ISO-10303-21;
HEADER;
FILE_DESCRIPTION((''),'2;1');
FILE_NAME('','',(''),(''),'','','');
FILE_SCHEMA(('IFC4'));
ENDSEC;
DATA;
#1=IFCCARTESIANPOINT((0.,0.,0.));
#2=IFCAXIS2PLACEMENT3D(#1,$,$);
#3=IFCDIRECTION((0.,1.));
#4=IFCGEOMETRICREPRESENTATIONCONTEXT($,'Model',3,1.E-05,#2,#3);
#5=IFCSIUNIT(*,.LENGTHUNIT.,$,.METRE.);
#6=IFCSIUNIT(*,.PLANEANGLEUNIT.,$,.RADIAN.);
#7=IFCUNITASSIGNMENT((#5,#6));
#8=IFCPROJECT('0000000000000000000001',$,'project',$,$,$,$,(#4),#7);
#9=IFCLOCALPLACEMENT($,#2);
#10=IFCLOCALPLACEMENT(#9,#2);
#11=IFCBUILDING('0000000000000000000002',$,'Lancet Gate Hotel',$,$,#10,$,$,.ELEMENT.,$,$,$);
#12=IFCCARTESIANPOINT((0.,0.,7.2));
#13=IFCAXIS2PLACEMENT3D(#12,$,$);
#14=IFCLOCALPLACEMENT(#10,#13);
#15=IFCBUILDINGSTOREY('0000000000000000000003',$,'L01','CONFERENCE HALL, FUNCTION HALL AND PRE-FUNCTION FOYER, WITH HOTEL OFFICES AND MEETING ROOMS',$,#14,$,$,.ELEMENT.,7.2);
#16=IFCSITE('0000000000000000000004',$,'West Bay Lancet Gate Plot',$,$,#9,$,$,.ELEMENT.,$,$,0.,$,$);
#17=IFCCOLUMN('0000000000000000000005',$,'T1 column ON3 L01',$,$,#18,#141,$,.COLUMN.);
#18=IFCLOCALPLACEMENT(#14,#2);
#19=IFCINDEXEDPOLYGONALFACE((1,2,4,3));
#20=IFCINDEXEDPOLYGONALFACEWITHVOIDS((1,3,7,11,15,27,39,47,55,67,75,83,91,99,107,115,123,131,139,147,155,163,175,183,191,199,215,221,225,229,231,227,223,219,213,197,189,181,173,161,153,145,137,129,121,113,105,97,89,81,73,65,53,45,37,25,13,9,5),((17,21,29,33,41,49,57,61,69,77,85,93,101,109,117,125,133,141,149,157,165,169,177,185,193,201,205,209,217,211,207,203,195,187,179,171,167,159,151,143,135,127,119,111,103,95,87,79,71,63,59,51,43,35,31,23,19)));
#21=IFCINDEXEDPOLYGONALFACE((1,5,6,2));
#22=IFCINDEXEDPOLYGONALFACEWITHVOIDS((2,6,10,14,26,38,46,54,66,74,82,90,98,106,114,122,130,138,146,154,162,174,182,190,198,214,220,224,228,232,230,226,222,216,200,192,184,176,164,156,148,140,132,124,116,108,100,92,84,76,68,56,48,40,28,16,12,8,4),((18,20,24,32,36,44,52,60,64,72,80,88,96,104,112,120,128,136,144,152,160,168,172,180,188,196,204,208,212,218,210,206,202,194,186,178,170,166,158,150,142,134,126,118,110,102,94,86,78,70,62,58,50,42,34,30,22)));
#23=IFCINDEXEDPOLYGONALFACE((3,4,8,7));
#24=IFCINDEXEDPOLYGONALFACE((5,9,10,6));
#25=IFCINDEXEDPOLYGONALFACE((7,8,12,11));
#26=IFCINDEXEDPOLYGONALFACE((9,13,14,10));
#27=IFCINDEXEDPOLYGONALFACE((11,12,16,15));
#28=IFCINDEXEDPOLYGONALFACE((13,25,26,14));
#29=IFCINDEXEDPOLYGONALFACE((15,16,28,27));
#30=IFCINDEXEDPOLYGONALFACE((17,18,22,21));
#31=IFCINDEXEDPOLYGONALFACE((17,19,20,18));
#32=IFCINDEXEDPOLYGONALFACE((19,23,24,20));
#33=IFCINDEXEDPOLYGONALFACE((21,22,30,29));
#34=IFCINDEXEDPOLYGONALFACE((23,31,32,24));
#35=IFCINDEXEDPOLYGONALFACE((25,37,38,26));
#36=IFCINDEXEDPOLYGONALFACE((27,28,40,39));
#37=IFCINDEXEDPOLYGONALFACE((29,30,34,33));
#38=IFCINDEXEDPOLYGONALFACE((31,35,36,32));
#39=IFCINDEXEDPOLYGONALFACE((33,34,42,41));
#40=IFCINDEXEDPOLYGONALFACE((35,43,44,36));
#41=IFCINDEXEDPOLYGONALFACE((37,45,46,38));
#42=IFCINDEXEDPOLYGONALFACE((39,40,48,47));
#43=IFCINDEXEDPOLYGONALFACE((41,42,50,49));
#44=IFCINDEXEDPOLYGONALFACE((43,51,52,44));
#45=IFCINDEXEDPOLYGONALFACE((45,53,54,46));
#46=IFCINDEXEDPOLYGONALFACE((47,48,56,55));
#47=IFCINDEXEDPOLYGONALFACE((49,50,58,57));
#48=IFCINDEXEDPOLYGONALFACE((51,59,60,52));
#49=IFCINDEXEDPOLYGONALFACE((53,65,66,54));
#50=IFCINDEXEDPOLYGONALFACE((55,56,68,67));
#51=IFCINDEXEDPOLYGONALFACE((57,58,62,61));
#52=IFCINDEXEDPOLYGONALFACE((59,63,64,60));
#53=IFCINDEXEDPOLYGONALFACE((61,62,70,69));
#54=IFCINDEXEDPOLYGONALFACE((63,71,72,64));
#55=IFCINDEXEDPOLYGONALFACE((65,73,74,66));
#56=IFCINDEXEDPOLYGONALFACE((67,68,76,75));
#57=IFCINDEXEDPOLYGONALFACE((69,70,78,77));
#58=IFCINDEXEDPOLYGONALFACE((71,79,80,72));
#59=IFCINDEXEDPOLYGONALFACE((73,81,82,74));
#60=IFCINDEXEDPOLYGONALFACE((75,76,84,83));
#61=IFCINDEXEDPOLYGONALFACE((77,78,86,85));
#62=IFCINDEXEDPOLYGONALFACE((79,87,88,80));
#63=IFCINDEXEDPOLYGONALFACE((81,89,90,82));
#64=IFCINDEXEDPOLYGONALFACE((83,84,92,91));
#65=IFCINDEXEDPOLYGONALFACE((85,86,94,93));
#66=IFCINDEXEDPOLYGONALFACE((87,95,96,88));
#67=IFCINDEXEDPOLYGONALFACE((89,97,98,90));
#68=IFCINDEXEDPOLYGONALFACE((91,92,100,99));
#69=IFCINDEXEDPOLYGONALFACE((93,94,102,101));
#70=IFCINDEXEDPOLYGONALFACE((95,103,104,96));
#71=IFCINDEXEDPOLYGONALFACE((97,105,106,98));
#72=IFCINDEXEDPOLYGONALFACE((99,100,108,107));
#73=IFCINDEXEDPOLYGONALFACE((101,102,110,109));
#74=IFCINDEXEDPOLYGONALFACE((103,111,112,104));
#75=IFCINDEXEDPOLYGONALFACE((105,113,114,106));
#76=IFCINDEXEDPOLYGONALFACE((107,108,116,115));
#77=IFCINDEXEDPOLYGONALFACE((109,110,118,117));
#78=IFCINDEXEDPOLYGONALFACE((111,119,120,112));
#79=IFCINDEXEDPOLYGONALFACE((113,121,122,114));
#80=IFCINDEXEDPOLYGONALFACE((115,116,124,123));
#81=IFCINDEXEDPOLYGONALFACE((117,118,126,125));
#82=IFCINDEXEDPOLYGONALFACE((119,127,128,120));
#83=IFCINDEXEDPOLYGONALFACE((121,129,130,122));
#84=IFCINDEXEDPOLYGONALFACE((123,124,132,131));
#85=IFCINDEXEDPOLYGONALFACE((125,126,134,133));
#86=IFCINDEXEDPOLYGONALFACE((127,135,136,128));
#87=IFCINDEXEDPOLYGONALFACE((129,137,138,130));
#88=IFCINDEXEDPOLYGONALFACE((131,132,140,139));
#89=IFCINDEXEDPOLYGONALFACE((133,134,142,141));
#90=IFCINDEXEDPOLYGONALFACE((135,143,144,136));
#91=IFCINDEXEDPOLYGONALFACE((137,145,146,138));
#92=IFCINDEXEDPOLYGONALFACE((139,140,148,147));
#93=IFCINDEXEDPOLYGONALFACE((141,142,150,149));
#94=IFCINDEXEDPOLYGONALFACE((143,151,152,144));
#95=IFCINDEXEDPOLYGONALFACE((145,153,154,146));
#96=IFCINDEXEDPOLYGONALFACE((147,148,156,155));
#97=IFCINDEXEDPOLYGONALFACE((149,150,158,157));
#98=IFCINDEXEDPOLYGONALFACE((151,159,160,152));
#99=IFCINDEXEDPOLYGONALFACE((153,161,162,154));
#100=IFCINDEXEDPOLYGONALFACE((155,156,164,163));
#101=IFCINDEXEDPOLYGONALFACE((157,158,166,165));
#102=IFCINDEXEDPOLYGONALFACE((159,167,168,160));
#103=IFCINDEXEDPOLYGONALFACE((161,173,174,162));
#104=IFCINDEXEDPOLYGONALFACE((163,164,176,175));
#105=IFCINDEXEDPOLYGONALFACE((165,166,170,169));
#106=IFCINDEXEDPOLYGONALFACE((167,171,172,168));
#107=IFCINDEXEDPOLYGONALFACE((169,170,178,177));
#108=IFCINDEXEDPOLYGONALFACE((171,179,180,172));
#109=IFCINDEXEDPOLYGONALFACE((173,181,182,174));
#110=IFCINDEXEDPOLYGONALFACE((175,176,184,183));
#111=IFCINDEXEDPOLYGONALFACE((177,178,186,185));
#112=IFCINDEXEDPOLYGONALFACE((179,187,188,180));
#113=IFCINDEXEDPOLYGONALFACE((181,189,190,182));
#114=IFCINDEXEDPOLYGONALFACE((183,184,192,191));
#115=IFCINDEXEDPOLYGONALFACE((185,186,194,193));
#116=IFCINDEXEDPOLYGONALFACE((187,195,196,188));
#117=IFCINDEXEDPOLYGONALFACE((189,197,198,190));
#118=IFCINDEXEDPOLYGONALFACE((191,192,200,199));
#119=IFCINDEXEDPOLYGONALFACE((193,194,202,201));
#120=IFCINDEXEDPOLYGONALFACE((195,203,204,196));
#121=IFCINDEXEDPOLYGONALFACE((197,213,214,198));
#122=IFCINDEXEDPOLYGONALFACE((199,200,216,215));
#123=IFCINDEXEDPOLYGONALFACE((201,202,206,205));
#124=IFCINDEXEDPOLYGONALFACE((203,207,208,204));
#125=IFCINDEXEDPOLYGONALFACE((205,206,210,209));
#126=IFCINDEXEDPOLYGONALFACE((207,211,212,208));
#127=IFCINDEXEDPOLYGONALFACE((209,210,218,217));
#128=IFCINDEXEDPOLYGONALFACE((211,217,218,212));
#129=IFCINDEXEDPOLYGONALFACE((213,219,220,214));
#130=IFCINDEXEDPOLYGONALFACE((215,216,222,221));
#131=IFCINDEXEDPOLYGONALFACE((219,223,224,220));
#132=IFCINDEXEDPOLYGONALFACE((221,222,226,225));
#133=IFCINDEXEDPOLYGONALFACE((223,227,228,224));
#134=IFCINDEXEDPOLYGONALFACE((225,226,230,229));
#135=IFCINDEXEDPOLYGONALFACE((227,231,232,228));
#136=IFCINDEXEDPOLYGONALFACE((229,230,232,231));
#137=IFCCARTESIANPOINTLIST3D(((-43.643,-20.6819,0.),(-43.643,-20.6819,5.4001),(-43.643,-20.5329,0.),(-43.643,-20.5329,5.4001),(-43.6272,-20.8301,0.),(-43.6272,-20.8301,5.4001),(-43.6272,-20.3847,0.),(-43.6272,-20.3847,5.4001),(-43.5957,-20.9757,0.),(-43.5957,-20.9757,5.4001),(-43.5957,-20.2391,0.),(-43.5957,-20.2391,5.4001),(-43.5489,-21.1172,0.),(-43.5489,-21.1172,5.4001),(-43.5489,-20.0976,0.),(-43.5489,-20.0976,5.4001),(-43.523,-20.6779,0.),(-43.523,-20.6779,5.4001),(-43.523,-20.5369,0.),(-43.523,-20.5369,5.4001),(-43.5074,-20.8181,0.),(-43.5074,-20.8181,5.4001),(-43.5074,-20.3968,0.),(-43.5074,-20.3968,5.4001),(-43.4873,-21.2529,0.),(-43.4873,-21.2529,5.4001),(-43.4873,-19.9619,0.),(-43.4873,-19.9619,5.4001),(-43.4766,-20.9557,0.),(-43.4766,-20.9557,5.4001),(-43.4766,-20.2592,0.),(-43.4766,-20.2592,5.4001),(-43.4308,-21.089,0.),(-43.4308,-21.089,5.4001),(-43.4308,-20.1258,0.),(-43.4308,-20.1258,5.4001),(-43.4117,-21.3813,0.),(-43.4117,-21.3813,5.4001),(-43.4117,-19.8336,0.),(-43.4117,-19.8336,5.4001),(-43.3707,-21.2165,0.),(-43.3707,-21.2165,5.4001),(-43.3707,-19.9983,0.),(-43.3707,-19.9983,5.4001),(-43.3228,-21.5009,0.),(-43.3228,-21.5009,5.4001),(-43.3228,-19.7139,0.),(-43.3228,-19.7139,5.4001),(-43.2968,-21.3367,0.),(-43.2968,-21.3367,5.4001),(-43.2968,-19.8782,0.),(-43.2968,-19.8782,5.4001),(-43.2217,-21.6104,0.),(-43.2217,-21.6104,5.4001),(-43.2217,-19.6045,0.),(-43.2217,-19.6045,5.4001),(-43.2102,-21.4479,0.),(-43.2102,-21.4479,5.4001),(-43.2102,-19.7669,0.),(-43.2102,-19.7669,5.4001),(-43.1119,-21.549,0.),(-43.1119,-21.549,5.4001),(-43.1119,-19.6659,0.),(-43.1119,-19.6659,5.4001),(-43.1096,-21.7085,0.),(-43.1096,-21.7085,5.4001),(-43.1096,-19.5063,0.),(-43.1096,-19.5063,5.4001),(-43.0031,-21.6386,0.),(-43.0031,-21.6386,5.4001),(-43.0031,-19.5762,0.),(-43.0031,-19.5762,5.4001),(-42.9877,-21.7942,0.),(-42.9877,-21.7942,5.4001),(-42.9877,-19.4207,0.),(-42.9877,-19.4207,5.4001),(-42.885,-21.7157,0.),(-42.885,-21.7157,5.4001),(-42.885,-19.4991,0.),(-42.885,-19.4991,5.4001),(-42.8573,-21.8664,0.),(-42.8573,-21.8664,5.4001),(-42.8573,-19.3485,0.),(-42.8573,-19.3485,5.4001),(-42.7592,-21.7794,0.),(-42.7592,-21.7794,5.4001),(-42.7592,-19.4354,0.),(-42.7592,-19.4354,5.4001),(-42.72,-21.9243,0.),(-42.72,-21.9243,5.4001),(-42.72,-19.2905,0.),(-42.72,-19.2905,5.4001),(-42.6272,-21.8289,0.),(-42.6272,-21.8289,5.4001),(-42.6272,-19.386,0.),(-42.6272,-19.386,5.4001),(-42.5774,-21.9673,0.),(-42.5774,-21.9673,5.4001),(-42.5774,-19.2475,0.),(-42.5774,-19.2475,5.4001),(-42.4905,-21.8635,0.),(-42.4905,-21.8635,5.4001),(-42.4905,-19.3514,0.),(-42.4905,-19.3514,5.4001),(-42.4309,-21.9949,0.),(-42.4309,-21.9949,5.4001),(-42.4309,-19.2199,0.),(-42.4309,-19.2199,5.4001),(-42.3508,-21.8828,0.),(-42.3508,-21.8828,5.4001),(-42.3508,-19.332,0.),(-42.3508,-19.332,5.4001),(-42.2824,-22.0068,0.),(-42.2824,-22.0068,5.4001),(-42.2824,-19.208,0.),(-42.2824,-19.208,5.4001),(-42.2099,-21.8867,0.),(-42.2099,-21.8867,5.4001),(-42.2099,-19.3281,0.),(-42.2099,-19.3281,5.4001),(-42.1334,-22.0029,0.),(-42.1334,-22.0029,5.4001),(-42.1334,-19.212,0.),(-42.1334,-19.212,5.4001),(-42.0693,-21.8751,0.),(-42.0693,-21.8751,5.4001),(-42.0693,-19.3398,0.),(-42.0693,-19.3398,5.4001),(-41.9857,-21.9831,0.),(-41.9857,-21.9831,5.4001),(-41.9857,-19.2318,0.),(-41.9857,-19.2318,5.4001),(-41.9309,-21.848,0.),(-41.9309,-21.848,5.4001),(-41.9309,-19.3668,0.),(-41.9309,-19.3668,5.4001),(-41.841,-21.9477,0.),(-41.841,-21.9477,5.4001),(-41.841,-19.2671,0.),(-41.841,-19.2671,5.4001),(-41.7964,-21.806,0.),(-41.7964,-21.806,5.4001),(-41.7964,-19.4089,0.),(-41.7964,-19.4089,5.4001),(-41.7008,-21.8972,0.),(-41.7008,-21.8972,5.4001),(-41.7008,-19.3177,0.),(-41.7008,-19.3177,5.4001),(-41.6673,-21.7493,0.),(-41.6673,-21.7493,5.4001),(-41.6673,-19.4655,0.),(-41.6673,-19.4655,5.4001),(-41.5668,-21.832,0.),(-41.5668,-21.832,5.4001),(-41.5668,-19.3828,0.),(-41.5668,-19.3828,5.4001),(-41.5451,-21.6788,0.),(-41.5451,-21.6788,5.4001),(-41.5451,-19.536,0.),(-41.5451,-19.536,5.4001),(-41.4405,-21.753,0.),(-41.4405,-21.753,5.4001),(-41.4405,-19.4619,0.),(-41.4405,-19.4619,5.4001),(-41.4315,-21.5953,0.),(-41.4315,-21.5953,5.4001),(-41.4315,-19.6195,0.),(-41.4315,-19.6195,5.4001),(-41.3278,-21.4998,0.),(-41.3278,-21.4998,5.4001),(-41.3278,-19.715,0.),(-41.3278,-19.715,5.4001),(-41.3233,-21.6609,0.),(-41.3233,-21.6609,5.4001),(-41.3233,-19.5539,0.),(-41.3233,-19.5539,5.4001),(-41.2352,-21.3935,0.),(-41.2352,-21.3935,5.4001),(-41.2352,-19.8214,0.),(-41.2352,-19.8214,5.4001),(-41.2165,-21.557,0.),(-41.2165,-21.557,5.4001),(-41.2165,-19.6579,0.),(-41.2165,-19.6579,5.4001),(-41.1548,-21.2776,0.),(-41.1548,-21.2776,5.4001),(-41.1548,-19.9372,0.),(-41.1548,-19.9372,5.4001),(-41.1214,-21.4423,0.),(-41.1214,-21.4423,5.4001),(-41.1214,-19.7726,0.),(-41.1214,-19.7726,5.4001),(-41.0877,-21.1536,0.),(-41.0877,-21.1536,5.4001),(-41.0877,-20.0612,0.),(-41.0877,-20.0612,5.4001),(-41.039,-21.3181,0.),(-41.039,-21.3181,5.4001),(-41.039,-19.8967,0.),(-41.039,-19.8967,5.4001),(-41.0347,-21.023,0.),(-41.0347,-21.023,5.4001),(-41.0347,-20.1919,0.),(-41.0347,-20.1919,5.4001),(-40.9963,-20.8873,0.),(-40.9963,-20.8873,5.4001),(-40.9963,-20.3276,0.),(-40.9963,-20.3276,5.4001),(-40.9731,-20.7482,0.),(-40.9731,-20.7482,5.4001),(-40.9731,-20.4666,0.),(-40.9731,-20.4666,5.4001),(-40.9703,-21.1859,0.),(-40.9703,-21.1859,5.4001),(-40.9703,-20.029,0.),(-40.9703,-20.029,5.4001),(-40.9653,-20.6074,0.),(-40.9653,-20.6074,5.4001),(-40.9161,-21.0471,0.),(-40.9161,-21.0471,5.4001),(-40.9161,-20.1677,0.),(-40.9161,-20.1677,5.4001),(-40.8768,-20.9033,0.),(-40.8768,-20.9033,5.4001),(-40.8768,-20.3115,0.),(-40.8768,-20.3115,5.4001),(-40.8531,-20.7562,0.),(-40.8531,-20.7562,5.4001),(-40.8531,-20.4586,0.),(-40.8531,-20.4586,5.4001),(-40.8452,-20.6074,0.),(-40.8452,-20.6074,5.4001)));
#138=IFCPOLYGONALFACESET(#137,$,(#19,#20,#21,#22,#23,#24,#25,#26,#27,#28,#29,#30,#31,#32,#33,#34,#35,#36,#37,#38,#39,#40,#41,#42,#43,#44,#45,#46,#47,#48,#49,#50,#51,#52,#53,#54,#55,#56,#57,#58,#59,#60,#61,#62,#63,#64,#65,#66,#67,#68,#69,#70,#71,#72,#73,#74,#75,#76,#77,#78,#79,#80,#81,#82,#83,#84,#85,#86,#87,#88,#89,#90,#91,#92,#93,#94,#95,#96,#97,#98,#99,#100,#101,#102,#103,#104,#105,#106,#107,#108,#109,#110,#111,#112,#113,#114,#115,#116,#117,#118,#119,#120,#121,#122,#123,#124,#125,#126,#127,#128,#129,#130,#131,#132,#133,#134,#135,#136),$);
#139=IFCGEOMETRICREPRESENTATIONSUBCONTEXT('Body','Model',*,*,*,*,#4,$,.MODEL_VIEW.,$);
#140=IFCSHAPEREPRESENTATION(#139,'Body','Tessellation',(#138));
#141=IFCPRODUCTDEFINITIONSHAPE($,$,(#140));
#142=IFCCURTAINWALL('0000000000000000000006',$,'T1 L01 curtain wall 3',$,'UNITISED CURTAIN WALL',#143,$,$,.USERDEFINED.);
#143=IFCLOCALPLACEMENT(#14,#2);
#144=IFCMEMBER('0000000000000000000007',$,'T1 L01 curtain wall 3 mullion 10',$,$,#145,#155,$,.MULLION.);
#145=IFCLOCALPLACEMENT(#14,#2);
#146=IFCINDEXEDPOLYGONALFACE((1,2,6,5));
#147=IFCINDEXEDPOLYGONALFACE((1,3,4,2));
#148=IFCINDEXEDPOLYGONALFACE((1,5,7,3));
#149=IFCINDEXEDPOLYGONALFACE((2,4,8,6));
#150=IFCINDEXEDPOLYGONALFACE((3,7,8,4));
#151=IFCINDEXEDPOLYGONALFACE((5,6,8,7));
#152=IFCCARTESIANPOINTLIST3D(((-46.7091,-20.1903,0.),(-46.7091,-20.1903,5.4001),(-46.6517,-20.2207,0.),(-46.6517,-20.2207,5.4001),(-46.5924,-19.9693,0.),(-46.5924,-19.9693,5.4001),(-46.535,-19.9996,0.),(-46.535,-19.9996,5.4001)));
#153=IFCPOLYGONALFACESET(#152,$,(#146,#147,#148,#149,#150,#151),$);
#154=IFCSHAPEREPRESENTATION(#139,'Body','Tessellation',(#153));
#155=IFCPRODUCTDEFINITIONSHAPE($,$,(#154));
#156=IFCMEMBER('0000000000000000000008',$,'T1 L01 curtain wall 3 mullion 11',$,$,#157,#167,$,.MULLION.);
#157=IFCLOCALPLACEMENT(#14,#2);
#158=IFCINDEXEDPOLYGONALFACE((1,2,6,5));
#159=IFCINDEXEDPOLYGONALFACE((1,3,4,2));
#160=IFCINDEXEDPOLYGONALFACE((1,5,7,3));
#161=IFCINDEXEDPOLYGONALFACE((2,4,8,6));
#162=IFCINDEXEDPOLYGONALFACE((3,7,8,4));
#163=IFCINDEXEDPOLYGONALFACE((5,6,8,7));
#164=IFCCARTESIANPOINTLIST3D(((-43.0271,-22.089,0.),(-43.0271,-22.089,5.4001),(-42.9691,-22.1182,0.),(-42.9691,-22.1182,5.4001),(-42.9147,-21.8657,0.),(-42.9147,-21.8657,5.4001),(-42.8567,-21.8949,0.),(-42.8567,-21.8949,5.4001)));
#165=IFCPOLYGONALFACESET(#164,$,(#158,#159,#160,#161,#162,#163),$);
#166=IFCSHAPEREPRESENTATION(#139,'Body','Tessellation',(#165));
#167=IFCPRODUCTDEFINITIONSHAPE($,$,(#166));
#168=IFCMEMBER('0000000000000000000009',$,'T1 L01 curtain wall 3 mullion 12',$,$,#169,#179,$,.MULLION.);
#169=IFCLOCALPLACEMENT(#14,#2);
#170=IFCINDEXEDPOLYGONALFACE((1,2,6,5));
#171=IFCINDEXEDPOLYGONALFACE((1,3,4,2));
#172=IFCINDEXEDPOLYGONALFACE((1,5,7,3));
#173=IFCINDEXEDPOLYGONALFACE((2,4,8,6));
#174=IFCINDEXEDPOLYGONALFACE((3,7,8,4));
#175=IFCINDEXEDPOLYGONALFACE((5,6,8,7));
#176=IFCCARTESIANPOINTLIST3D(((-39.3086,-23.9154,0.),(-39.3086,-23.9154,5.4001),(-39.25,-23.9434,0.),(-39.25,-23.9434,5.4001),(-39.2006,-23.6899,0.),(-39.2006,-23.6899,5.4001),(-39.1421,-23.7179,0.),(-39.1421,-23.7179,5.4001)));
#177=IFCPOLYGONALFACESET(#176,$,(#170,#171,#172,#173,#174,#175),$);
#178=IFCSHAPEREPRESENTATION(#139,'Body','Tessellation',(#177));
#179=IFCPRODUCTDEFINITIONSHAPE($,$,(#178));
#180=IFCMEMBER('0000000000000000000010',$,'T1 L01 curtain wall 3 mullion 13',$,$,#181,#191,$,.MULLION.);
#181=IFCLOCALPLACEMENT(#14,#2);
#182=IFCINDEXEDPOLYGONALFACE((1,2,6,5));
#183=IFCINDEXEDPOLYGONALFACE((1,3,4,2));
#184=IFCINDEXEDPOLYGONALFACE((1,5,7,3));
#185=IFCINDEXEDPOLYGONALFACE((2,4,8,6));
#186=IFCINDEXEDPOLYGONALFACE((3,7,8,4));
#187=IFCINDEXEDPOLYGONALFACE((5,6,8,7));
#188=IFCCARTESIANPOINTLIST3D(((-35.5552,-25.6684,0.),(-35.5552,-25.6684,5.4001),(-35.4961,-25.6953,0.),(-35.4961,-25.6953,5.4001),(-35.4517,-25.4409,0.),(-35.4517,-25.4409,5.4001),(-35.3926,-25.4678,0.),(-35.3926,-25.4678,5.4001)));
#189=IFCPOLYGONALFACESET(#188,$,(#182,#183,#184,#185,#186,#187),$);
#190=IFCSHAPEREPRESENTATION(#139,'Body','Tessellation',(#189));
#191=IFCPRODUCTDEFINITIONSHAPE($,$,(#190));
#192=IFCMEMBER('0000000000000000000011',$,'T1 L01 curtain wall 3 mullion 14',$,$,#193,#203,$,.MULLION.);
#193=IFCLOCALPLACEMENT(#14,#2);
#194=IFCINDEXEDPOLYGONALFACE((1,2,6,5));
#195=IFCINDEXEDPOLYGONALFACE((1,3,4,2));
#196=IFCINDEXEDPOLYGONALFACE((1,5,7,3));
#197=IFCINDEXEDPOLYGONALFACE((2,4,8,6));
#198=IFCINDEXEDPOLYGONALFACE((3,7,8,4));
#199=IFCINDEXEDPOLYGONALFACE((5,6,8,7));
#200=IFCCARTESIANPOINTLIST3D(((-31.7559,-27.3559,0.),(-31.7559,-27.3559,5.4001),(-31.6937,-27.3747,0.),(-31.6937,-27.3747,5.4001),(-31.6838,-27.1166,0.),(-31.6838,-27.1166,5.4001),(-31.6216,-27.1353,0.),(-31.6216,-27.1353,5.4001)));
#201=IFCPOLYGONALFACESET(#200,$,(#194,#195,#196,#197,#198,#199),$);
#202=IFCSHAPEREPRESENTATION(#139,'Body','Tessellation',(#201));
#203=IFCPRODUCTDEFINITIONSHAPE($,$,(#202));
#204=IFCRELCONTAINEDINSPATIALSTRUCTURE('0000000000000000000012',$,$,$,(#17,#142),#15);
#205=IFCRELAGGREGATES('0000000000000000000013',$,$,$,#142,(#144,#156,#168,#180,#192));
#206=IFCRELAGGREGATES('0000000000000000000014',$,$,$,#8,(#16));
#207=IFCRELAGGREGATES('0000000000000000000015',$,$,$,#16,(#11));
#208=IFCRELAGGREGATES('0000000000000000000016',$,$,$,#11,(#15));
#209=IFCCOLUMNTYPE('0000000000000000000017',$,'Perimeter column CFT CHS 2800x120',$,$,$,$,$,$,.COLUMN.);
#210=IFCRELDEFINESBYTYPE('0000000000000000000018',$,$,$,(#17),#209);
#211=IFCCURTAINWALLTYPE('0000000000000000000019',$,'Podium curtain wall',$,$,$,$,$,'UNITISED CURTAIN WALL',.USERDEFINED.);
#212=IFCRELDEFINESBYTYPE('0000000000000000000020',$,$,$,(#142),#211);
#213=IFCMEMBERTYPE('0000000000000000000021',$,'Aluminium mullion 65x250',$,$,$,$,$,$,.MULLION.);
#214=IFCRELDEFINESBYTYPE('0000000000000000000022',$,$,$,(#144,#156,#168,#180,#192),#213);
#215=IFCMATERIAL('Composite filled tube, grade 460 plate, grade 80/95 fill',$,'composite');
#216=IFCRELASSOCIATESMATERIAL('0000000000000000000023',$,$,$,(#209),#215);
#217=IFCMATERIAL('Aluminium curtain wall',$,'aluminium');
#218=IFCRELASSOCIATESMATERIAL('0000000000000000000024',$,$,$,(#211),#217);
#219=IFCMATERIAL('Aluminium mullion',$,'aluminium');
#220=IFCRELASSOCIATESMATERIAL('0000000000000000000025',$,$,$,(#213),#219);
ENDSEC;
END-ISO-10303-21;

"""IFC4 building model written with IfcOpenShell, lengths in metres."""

from ifc_helpers import new_model, si_unit, direction, frame, origin, origin_2d, place, context, subcontext, project, spatial, rectangle, hollow_circle, extrude, material, material_profile, profile_set, type_object, element, aggregate, save


model = new_model("IFC4")

# Units and contexts
model_context = context("Model", 3, precision=1e-05, world=origin(), true_north=direction((0.0, 1.0)))
body_context = subcontext(model_context, "Body", "Model", "MODEL_VIEW")
ifc_project = project(units=[si_unit("LENGTHUNIT", "METRE"), si_unit("PLANEANGLEUNIT", "RADIAN")], contexts=[model_context])

# Site, building, storey
site_placement = place(None, origin())
site = spatial("IfcSite", under=ifc_project, at=site_placement, Name="West Bay Lancet Gate Plot", CompositionType="ELEMENT", RefElevation=0.0)
building_placement = place(site_placement, origin())
building = spatial("IfcBuilding", under=site, at=building_placement, Name="Lancet Gate Hotel", CompositionType="ELEMENT")
storey_placement = place(building_placement, frame((0.0, 0.0, 7.2)))
storey = spatial("IfcBuildingStorey", under=building, at=storey_placement, Name="L01", Description="CONFERENCE HALL, FUNCTION HALL AND PRE-FUNCTION FOYER, WITH HOTEL OFFICES AND MEETING ROOMS", CompositionType="ELEMENT", Elevation=7.2)

# Column
ifc_material_1 = material(Name="Composite filled tube, grade 460 plate, grade 80/95 fill", Category="composite")
ifc_material_profile_1 = material_profile(ifc_material_1, hollow_circle(Radius=1.3999, WallThickness=0.1201, at=origin_2d()), Name="CHS 2800x120")
ifc_profile_set_1 = profile_set([ifc_material_profile_1], Name="Composite filled tube, grade 460 plate, grade 80/95 fill")
column_type = type_object("IfcColumnType", Name="Perimeter column CFT CHS 2800x120", PredefinedType="COLUMN", material=ifc_profile_set_1)
column_placement = place(storey_placement, frame((-42.2451, -20.6074, 0.0), z_axis=(0.0, 0.0, 1.0), x_axis=(1.0, 0.0, 0.0)))
element("IfcColumn", 1, at=column_placement, inside=storey, type_object=column_type, Name="T1 column ON3 L01", PredefinedType="COLUMN", context=body_context, shape_type="SweptSolid", body=[
    extrude(hollow_circle(Radius=1.3999, WallThickness=0.1201, at=origin_2d()), origin(), (0.0, 0.0, 1.0), 5.4001),
])

# Curtain wall, members
ifc_material_2 = material(Name="Aluminium curtain wall", Category="aluminium")
curtain_wall_type = type_object("IfcCurtainWallType", Name="Podium curtain wall", ElementType="UNITISED CURTAIN WALL", PredefinedType="USERDEFINED", material=ifc_material_2)
curtain_wall_placement = place(storey_placement, origin())
curtain_wall = element("IfcCurtainWall", 2, at=curtain_wall_placement, inside=storey, type_object=curtain_wall_type, Name="T1 L01 curtain wall 3", ObjectType="UNITISED CURTAIN WALL", PredefinedType="USERDEFINED")
ifc_material_3 = material(Name="Aluminium mullion", Category="aluminium")
ifc_material_profile_2 = material_profile(ifc_material_3, rectangle(XDim=0.0649, YDim=0.25, at=origin_2d()), Name="MULLION 65x250")
ifc_profile_set_2 = profile_set([ifc_material_profile_2], Name="Aluminium mullion")
member_type_1 = type_object("IfcMemberType", Name="Aluminium mullion 65x250", PredefinedType="MULLION", material=ifc_profile_set_2)
member_1_placement = place(storey_placement, frame((-46.6221, -20.095, 0.0), z_axis=(0.0, 0.0, 1.0), x_axis=(0.884311, -0.466898, 0.0)))
member_1 = element("IfcMember", 3, at=member_1_placement, type_object=member_type_1, Name="T1 L01 curtain wall 3 mullion 10", PredefinedType="MULLION", context=body_context, shape_type="SweptSolid", body=[
    extrude(rectangle(XDim=0.0649, YDim=0.25, at=origin_2d()), origin(), (0.0, 0.0, 1.0), 5.4001),
])
member_2_placement = place(storey_placement, frame((-42.9419, -21.9919, 0.0), z_axis=(0.0, 0.0, 1.0), x_axis=(0.893292, -0.449478, 0.0)))
member_2 = element("IfcMember", 4, at=member_2_placement, type_object=member_type_1, Name="T1 L01 curtain wall 3 mullion 11", PredefinedType="MULLION", context=body_context, shape_type="SweptSolid", body=[
    extrude(rectangle(XDim=0.0649, YDim=0.25, at=origin_2d()), origin(), (0.0, 0.0, 1.0), 5.4001),
])
member_3_placement = place(storey_placement, frame((-39.2253, -23.8167, 0.0), z_axis=(0.0, 0.0, 1.0), x_axis=(0.901929, -0.431885, 0.0)))
member_3 = element("IfcMember", 5, at=member_3_placement, type_object=member_type_1, Name="T1 L01 curtain wall 3 mullion 12", PredefinedType="MULLION", context=body_context, shape_type="SweptSolid", body=[
    extrude(rectangle(XDim=0.0649, YDim=0.25, at=origin_2d()), origin(), (0.0, 0.0, 1.0), 5.4001),
])
member_4_placement = place(storey_placement, frame((-35.4739, -25.5681, 0.0), z_axis=(0.0, 0.0, 1.0), x_axis=(0.91022, -0.414126, 0.0)))
member_4 = element("IfcMember", 6, at=member_4_placement, type_object=member_type_1, Name="T1 L01 curtain wall 3 mullion 13", PredefinedType="MULLION", context=body_context, shape_type="SweptSolid", body=[
    extrude(rectangle(XDim=0.0649, YDim=0.25, at=origin_2d()), origin(), (0.0, 0.0, 1.0), 5.4001),
])
member_5_placement = place(storey_placement, frame((-31.6887, -27.2456, 0.0), z_axis=(0.0, 0.0, 1.0), x_axis=(0.957524, -0.288352, 0.0)))
member_5 = element("IfcMember", 7, at=member_5_placement, type_object=member_type_1, Name="T1 L01 curtain wall 3 mullion 14", PredefinedType="MULLION", context=body_context, shape_type="SweptSolid", body=[
    extrude(rectangle(XDim=0.0649, YDim=0.25, at=origin_2d()), origin(), (0.0, 0.0, 1.0), 5.4001),
])

aggregate(curtain_wall, [member_1, member_2, member_3, member_4, member_5])

save(model, "model.ifc")
